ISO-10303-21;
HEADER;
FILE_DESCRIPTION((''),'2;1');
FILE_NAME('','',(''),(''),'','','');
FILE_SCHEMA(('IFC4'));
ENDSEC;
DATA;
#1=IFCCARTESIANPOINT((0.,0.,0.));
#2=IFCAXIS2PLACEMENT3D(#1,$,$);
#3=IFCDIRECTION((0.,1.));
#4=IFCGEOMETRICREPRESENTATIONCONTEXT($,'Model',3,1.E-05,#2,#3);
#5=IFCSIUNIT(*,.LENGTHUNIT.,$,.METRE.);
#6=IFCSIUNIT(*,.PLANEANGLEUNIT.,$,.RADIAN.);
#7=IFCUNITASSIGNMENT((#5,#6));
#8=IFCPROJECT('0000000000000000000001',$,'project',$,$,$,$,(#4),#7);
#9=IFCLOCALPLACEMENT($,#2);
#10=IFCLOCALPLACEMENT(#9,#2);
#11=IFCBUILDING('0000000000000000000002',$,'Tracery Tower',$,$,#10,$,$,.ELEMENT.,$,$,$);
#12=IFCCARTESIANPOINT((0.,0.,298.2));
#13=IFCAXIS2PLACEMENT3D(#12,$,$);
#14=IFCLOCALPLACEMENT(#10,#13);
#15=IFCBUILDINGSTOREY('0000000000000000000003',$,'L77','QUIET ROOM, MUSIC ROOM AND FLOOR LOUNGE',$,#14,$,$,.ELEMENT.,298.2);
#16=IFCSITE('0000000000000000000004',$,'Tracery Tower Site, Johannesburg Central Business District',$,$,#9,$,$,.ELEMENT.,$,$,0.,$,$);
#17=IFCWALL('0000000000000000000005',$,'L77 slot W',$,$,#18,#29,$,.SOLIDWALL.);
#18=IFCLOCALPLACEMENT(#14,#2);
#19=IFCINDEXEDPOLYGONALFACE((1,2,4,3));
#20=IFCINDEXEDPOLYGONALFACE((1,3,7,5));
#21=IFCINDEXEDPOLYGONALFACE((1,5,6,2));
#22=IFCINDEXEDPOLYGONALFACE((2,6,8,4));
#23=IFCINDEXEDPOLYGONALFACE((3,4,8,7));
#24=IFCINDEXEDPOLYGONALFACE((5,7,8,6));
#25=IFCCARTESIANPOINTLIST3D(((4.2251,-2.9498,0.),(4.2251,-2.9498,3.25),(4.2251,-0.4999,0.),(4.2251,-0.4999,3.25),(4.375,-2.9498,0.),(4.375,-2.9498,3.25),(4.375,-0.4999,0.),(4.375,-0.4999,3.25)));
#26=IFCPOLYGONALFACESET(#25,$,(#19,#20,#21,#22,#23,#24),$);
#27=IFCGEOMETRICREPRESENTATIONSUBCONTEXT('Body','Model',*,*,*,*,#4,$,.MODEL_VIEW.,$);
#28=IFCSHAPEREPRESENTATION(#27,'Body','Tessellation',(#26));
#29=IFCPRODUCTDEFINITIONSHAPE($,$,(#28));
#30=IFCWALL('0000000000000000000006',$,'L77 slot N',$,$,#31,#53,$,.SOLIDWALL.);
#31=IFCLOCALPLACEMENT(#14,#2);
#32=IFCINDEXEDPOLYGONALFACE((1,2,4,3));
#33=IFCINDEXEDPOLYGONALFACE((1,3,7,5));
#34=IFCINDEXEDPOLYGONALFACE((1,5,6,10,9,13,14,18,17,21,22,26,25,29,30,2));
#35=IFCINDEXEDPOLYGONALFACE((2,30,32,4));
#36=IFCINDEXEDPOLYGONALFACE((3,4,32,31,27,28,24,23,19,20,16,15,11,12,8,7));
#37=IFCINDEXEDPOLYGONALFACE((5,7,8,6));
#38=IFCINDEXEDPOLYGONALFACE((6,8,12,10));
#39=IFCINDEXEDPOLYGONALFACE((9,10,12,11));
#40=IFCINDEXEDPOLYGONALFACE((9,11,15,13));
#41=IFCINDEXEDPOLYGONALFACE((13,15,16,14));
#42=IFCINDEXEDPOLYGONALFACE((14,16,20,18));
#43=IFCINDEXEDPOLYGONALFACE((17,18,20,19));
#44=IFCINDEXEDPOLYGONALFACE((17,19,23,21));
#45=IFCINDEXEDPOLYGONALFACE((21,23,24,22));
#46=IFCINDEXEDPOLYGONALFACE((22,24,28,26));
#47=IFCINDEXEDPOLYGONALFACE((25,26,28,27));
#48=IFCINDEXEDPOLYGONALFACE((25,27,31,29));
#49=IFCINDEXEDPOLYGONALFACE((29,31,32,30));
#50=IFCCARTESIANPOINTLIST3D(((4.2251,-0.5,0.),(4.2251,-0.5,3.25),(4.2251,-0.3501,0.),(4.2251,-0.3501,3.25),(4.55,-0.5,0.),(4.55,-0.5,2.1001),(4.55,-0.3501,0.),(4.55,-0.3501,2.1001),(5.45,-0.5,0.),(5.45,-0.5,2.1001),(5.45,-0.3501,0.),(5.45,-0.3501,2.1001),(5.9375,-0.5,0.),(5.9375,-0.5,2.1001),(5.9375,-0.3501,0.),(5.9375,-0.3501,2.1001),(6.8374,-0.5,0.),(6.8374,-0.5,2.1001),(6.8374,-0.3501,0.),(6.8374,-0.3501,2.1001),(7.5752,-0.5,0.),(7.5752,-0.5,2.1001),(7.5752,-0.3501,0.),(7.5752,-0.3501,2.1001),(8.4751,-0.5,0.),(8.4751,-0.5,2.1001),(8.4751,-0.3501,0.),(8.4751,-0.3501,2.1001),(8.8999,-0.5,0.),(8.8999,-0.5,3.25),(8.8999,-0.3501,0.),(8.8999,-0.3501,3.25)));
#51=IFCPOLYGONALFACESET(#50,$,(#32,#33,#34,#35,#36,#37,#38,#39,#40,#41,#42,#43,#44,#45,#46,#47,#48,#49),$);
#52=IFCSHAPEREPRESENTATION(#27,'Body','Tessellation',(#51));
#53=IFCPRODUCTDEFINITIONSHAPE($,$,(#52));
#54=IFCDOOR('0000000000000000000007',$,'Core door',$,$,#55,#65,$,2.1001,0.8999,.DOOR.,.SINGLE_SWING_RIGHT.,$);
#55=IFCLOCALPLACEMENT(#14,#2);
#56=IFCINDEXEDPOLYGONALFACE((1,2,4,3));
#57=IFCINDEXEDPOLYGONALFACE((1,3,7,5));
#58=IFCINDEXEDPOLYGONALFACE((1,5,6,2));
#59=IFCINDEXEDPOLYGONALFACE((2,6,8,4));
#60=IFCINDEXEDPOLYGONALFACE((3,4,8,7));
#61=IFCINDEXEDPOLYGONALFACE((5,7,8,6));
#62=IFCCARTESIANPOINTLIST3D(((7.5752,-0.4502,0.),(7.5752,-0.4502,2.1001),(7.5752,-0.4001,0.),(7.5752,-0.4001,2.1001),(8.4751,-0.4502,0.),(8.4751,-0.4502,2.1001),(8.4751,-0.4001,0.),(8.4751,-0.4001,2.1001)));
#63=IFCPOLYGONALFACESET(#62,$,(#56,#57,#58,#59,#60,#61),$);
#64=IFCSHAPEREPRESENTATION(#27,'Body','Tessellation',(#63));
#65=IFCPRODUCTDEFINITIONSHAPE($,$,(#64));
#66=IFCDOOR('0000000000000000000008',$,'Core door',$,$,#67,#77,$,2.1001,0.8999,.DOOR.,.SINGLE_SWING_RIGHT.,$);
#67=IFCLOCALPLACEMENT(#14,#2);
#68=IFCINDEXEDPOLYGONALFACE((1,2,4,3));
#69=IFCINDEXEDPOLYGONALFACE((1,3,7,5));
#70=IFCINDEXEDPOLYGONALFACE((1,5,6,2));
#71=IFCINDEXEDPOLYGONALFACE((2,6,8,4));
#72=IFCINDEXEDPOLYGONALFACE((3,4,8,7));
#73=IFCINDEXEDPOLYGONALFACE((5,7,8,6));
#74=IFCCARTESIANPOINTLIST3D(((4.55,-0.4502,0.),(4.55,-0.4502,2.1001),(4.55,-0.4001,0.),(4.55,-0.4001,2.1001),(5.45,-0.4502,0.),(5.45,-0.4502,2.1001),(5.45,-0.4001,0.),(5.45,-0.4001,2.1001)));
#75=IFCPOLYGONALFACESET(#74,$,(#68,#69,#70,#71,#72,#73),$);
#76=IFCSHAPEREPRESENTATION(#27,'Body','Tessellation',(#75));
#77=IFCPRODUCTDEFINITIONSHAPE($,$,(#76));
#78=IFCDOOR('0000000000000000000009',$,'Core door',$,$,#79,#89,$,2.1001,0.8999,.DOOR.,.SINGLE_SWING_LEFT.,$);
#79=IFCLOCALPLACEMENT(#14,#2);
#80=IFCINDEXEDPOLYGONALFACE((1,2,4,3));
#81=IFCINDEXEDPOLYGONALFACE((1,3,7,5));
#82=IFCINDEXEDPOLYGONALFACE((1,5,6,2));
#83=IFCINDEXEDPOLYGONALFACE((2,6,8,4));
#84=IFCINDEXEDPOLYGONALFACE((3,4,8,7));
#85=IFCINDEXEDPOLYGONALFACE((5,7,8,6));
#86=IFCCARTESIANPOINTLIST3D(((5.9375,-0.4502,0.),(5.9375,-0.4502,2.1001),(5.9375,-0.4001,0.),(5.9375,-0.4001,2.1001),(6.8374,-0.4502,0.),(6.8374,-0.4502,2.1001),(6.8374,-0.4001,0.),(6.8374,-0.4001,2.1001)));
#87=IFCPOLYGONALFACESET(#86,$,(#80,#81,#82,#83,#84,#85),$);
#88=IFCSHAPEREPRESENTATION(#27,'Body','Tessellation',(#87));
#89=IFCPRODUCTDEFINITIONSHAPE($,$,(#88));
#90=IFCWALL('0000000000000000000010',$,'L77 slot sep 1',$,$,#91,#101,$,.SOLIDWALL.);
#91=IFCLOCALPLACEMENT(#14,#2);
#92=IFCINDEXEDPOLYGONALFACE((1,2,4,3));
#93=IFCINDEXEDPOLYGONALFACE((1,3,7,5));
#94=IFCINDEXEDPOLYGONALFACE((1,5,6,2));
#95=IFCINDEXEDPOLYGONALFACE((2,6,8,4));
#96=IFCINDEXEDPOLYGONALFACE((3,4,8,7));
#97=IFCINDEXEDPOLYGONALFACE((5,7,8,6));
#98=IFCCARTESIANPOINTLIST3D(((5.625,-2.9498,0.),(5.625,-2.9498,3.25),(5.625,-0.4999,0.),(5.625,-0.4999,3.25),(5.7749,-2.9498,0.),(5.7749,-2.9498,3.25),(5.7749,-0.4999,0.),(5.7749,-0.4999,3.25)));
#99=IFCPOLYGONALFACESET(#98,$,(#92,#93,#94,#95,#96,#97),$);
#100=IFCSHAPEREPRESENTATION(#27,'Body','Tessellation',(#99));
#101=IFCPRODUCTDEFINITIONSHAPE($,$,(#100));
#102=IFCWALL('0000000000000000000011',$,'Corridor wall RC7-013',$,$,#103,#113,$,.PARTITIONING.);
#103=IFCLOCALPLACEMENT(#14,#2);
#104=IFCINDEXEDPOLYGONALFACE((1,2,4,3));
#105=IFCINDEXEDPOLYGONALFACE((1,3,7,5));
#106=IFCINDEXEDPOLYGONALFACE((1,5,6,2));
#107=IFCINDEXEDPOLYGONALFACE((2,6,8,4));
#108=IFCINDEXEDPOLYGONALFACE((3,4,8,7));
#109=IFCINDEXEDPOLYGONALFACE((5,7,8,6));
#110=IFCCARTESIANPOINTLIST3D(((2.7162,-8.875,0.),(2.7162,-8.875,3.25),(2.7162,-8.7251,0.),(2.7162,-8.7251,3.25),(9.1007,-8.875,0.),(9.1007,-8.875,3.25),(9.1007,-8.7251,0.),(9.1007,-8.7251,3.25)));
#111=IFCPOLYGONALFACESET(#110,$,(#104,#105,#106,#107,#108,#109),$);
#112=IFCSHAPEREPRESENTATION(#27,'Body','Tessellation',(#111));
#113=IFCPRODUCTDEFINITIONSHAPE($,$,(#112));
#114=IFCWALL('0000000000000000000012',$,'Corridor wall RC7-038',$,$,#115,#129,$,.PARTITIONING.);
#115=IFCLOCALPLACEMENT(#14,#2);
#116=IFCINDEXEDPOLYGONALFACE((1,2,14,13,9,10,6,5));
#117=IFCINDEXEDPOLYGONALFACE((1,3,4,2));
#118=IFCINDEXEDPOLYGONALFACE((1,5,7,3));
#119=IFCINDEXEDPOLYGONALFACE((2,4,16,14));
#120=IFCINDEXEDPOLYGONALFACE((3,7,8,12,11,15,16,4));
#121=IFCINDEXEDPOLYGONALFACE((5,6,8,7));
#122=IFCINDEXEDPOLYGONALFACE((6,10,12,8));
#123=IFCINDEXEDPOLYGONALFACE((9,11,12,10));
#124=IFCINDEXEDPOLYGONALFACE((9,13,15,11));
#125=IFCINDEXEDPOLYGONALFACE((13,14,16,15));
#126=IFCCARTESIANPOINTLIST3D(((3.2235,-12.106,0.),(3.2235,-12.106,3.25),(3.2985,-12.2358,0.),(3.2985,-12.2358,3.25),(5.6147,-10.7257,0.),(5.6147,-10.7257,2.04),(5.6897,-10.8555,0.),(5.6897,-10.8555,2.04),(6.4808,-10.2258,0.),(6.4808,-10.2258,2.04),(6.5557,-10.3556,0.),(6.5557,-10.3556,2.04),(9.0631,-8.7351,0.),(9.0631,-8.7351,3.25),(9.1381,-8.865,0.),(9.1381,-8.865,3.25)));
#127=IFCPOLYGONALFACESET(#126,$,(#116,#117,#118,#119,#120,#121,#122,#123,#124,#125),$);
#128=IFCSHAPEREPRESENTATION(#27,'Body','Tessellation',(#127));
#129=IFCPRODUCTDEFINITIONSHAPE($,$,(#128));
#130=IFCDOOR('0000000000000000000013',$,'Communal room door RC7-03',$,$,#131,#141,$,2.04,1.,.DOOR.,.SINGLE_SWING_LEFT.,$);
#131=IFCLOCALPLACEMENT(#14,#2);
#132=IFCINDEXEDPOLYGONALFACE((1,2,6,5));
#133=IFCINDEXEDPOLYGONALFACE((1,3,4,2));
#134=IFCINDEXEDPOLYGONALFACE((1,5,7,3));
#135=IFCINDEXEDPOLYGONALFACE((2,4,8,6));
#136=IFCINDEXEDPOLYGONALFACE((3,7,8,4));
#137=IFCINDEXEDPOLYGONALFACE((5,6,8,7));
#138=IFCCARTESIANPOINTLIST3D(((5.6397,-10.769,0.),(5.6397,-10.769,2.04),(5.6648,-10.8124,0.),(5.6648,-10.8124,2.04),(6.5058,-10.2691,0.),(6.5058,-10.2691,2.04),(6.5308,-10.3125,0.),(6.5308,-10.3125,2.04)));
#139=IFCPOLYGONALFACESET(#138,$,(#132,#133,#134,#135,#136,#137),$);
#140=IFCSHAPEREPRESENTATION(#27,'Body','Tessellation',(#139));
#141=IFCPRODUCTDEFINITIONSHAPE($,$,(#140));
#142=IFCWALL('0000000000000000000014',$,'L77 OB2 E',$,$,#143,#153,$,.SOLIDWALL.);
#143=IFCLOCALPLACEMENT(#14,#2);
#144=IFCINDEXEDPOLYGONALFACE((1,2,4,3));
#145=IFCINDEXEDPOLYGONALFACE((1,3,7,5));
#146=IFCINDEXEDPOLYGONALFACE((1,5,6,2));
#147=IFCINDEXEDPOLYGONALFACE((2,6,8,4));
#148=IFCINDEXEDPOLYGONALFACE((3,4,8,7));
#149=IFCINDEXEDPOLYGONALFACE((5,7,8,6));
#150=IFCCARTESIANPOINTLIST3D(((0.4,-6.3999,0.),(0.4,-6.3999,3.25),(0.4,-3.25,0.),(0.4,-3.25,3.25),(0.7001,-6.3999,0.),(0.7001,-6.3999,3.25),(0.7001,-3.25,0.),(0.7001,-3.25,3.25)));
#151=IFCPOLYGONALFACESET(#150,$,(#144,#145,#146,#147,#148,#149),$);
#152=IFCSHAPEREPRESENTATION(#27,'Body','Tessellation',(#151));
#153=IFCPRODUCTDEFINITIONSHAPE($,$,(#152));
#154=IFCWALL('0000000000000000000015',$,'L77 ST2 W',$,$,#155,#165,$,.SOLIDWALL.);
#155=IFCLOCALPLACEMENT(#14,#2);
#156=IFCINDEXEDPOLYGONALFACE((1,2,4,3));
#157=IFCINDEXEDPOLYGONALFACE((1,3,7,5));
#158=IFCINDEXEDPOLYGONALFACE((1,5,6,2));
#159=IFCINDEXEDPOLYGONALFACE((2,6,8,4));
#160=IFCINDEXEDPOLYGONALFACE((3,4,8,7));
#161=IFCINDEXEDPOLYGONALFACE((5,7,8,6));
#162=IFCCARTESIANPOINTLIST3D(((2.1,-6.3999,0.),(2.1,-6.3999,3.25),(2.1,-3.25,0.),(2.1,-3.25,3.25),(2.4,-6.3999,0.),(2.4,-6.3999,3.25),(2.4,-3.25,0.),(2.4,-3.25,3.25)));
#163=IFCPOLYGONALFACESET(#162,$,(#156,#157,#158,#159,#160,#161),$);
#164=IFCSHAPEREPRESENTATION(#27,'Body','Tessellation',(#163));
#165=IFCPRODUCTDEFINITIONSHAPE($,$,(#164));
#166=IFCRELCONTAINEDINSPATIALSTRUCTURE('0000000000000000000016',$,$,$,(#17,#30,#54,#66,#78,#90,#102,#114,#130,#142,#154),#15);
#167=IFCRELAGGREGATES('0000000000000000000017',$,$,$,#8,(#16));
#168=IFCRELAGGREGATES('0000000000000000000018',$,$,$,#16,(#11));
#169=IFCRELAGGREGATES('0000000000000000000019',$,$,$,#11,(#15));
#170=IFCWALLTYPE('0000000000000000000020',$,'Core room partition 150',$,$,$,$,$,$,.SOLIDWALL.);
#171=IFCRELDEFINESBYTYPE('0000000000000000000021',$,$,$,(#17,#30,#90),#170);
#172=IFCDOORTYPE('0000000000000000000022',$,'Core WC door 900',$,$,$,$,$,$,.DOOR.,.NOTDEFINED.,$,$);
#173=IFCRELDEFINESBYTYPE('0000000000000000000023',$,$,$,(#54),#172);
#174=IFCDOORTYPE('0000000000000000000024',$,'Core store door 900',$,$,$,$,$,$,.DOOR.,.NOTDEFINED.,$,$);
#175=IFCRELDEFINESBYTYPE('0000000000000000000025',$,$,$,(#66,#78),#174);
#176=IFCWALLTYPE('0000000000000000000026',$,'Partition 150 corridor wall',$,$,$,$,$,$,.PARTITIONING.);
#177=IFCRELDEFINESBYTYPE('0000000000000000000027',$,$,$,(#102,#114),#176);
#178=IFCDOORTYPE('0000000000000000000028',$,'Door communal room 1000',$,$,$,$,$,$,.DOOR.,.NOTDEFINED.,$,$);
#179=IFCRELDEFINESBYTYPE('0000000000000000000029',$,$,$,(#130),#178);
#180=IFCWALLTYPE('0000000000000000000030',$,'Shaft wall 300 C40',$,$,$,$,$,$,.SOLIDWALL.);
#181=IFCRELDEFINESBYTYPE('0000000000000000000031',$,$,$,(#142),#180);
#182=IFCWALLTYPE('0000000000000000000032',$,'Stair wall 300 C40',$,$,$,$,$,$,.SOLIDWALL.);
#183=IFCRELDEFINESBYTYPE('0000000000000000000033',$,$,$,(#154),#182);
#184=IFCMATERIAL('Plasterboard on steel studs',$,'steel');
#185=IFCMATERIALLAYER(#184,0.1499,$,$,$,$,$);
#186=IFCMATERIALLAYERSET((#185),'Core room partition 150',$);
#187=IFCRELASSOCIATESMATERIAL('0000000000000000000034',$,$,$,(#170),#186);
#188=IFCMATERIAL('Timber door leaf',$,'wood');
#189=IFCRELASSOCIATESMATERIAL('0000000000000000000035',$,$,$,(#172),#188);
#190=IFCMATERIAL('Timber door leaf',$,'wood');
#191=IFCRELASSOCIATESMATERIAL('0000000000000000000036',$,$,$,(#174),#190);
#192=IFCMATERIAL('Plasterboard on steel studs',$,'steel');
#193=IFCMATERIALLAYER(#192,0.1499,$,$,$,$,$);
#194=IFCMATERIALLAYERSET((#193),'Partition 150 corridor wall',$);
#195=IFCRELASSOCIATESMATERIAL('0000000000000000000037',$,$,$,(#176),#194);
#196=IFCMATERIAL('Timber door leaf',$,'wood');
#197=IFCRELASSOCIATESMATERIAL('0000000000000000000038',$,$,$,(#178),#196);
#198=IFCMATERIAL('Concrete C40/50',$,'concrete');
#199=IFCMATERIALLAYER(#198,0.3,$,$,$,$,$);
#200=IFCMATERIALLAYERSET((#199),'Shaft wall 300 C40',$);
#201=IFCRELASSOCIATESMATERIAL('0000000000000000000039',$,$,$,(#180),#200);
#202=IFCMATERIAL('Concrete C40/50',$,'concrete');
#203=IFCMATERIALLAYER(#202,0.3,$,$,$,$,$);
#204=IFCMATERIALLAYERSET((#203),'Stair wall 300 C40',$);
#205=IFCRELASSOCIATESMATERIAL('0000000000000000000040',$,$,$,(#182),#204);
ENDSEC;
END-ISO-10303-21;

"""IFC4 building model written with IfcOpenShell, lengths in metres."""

from ifc_helpers import new_model, si_unit, direction, frame, frame_2d, origin, place, context, subcontext, project, spatial, rectangle, extrude, material, layer, layer_set, type_object, element, fill, save


model = new_model("IFC4")

# Units and contexts
model_context = context("Model", 3, precision=1e-05, world=origin(), true_north=direction((0.0, 1.0)))
body_context = subcontext(model_context, "Body", "Model", "MODEL_VIEW")
ifc_project = project(units=[si_unit("LENGTHUNIT", "METRE"), si_unit("PLANEANGLEUNIT", "RADIAN")], contexts=[model_context])

# Site, building, storey
site_placement = place(None, origin())
site = spatial("IfcSite", under=ifc_project, at=site_placement, Name="Tracery Tower Site, Johannesburg Central Business District", CompositionType="ELEMENT", RefElevation=0.0)
building_placement = place(site_placement, origin())
building = spatial("IfcBuilding", under=site, at=building_placement, Name="Tracery Tower", CompositionType="ELEMENT")
storey_placement = place(building_placement, frame((0.0, 0.0, 298.2)))
storey = spatial("IfcBuildingStorey", under=building, at=storey_placement, Name="L77", Description="QUIET ROOM, MUSIC ROOM AND FLOOR LOUNGE", CompositionType="ELEMENT", Elevation=298.2)

# Wall
ifc_material_1 = material(Name="Plasterboard on steel studs", Category="steel")
ifc_layer_1 = layer(ifc_material_1, 0.1499)
ifc_layer_set_1 = layer_set([ifc_layer_1], Name="Core room partition 150")
wall_type_1 = type_object("IfcWallType", Name="Core room partition 150", PredefinedType="SOLIDWALL", material=ifc_layer_set_1)
wall_1_placement = place(storey_placement, frame((4.3, -2.95, 0.0), z_axis=(0.0, 0.0, 1.0), x_axis=(0.0, 1.0, 0.0)))
element("IfcWall", 1, at=wall_1_placement, inside=storey, type_object=wall_type_1, Name="L77 slot W", PredefinedType="SOLIDWALL", context=body_context, shape_type="SweptSolid", body=[
    extrude(rectangle(XDim=2.45, YDim=0.1499, at=frame_2d((1.2251, 0.0))), origin(), (0.0, 0.0, 1.0), 3.25),
])

# Wall, openings, doors
wall_2_placement = place(storey_placement, frame((4.2251, -0.425, 0.0), z_axis=(0.0, 0.0, 1.0), x_axis=(1.0, 0.0, 0.0)))
wall_2 = element("IfcWall", 2, at=wall_2_placement, inside=storey, type_object=wall_type_1, Name="L77 slot N", PredefinedType="SOLIDWALL", context=body_context, shape_type="SweptSolid", body=[
    extrude(rectangle(XDim=4.6748, YDim=0.1499, at=frame_2d((2.3374, 0.0))), origin(), (0.0, 0.0, 1.0), 3.25),
])
opening_1_placement = place(wall_2_placement, frame((0.325, 0.0, 0.0)))
opening_1 = element("IfcOpeningElement", 3, at=opening_1_placement, cuts=wall_2, PredefinedType="OPENING", context=body_context, shape_type="SweptSolid", body=[
    extrude(rectangle(XDim=0.8999, YDim=2.1001, at=frame_2d((0.45, 1.05))), frame((0.0, 0.075, 0.0), z_axis=(0.0, -1.0, 0.0), x_axis=(1.0, 0.0, 0.0)), (0.0, 0.0, 1.0), 0.1499),
])
opening_2_placement = place(wall_2_placement, frame((1.7124, 0.0, 0.0)))
opening_2 = element("IfcOpeningElement", 4, at=opening_2_placement, cuts=wall_2, PredefinedType="OPENING", context=body_context, shape_type="SweptSolid", body=[
    extrude(rectangle(XDim=0.8999, YDim=2.1001, at=frame_2d((0.45, 1.05))), frame((0.0, 0.075, 0.0), z_axis=(0.0, -1.0, 0.0), x_axis=(1.0, 0.0, 0.0)), (0.0, 0.0, 1.0), 0.1499),
])
opening_3_placement = place(wall_2_placement, frame((3.3501, 0.0, 0.0)))
opening_3 = element("IfcOpeningElement", 5, at=opening_3_placement, cuts=wall_2, PredefinedType="OPENING", context=body_context, shape_type="SweptSolid", body=[
    extrude(rectangle(XDim=0.8999, YDim=2.1001, at=frame_2d((0.45, 1.05))), frame((0.0, 0.075, 0.0), z_axis=(0.0, -1.0, 0.0), x_axis=(1.0, 0.0, 0.0)), (0.0, 0.0, 1.0), 0.1499),
])
ifc_material_2 = material(Name="Timber door leaf", Category="wood")
door_type_1 = type_object("IfcDoorType", Name="Core WC door 900", OperationType="NOTDEFINED", PredefinedType="DOOR", material=ifc_material_2)
door_1_placement = place(opening_3_placement, origin())
door_1 = element("IfcDoor", 6, at=door_1_placement, inside=storey, type_object=door_type_1, Name="Core door", OperationType="SINGLE_SWING_RIGHT", OverallHeight=2.1001, OverallWidth=0.8999, PredefinedType="DOOR", context=body_context, shape_type="SweptSolid", body=[
    extrude(rectangle(XDim=0.8999, YDim=2.1001, at=frame_2d((0.45, 1.05))), frame((0.0, 0.0249, 0.0), z_axis=(0.0, -1.0, 0.0), x_axis=(1.0, 0.0, 0.0)), (0.0, 0.0, 1.0), 0.05),
])
fill(opening_3, door_1)
ifc_material_3 = material(Name="Timber door leaf", Category="wood")
door_type_2 = type_object("IfcDoorType", Name="Core store door 900", OperationType="NOTDEFINED", PredefinedType="DOOR", material=ifc_material_3)
door_2_placement = place(opening_1_placement, origin())
door_2 = element("IfcDoor", 7, at=door_2_placement, inside=storey, type_object=door_type_2, Name="Core door", OperationType="SINGLE_SWING_RIGHT", OverallHeight=2.1001, OverallWidth=0.8999, PredefinedType="DOOR", context=body_context, shape_type="SweptSolid", body=[
    extrude(rectangle(XDim=0.8999, YDim=2.1001, at=frame_2d((0.45, 1.05))), frame((0.0, 0.0249, 0.0), z_axis=(0.0, -1.0, 0.0), x_axis=(1.0, 0.0, 0.0)), (0.0, 0.0, 1.0), 0.05),
])
fill(opening_1, door_2)
door_3_placement = place(opening_2_placement, origin())
door_3 = element("IfcDoor", 8, at=door_3_placement, inside=storey, type_object=door_type_2, Name="Core door", OperationType="SINGLE_SWING_LEFT", OverallHeight=2.1001, OverallWidth=0.8999, PredefinedType="DOOR", context=body_context, shape_type="SweptSolid", body=[
    extrude(rectangle(XDim=0.8999, YDim=2.1001, at=frame_2d((0.45, 1.05))), frame((0.0, 0.0249, 0.0), z_axis=(0.0, -1.0, 0.0), x_axis=(1.0, 0.0, 0.0)), (0.0, 0.0, 1.0), 0.05),
])
fill(opening_2, door_3)

# Walls
wall_3_placement = place(storey_placement, frame((5.7, -2.95, 0.0), z_axis=(0.0, 0.0, 1.0), x_axis=(0.0, 1.0, 0.0)))
element("IfcWall", 9, at=wall_3_placement, inside=storey, type_object=wall_type_1, Name="L77 slot sep 1", PredefinedType="SOLIDWALL", context=body_context, shape_type="SweptSolid", body=[
    extrude(rectangle(XDim=2.45, YDim=0.1499, at=frame_2d((1.2251, 0.0))), origin(), (0.0, 0.0, 1.0), 3.25),
])
ifc_material_4 = material(Name="Plasterboard on steel studs", Category="steel")
ifc_layer_2 = layer(ifc_material_4, 0.1499)
ifc_layer_set_2 = layer_set([ifc_layer_2], Name="Partition 150 corridor wall")
wall_type_2 = type_object("IfcWallType", Name="Partition 150 corridor wall", PredefinedType="PARTITIONING", material=ifc_layer_set_2)
wall_4_placement = place(storey_placement, frame((2.7161, -8.8, 0.0), z_axis=(0.0, 0.0, 1.0), x_axis=(1.0, 0.0, 0.0)))
element("IfcWall", 10, at=wall_4_placement, inside=storey, type_object=wall_type_2, Name="Corridor wall RC7-013", PredefinedType="PARTITIONING", context=body_context, shape_type="SweptSolid", body=[
    extrude(rectangle(XDim=6.3845, YDim=0.1499, at=frame_2d((3.1924, 0.0))), origin(), (0.0, 0.0, 1.0), 3.25),
])

# Wall, opening, door
wall_5_placement = place(storey_placement, frame((3.261, -12.1709, 0.0), z_axis=(0.0, 0.0, 1.0), x_axis=(0.866067, 0.499928, 0.0)))
wall_5 = element("IfcWall", 11, at=wall_5_placement, inside=storey, type_object=wall_type_2, Name="Corridor wall RC7-038", PredefinedType="PARTITIONING", context=body_context, shape_type="SweptSolid", body=[
    extrude(rectangle(XDim=6.7427, YDim=0.1499, at=frame_2d((3.3713, 0.0))), origin(), (0.0, 0.0, 1.0), 3.25),
])
opening_4_placement = place(wall_5_placement, frame((2.761, 0.0, 0.0)))
opening_4 = element("IfcOpeningElement", 12, at=opening_4_placement, cuts=wall_5, PredefinedType="OPENING", context=body_context, shape_type="SweptSolid", body=[
    extrude(rectangle(XDim=1.0, YDim=2.04, at=frame_2d((0.5, 1.02))), frame((0.0, 0.075, 0.0), z_axis=(0.0, -1.0, 0.0), x_axis=(1.0, 0.0, 0.0)), (0.0, 0.0, 1.0), 0.1499),
])
ifc_material_5 = material(Name="Timber door leaf", Category="wood")
door_type_3 = type_object("IfcDoorType", Name="Door communal room 1000", OperationType="NOTDEFINED", PredefinedType="DOOR", material=ifc_material_5)
door_4_placement = place(opening_4_placement, origin())
door_4 = element("IfcDoor", 13, at=door_4_placement, inside=storey, type_object=door_type_3, Name="Communal room door RC7-03", OperationType="SINGLE_SWING_LEFT", OverallHeight=2.04, OverallWidth=1.0, PredefinedType="DOOR", context=body_context, shape_type="SweptSolid", body=[
    extrude(rectangle(XDim=1.0, YDim=2.04, at=frame_2d((0.5, 1.02))), frame((0.0, 0.0249, 0.0), z_axis=(0.0, -1.0, 0.0), x_axis=(1.0, 0.0, 0.0)), (0.0, 0.0, 1.0), 0.05),
])
fill(opening_4, door_4)

# Wall
ifc_material_6 = material(Name="Concrete C40/50", Category="concrete")
ifc_layer_3 = layer(ifc_material_6, 0.3)
ifc_layer_set_3 = layer_set([ifc_layer_3], Name="Shaft wall 300 C40")
wall_type_3 = type_object("IfcWallType", Name="Shaft wall 300 C40", PredefinedType="SOLIDWALL", material=ifc_layer_set_3)
wall_6_placement = place(storey_placement, frame((0.55, -6.3999, 0.0), z_axis=(0.0, 0.0, 1.0), x_axis=(0.0, 1.0, 0.0)))
element("IfcWall", 14, at=wall_6_placement, inside=storey, type_object=wall_type_3, Name="L77 OB2 E", PredefinedType="SOLIDWALL", context=body_context, shape_type="SweptSolid", body=[
    extrude(rectangle(XDim=3.1499, YDim=0.3, at=frame_2d((1.575, 0.0))), origin(), (0.0, 0.0, 1.0), 3.25),
])

# Shared definitions
ifc_material_7 = material(Name="Concrete C40/50", Category="concrete")
ifc_layer_4 = layer(ifc_material_7, 0.3)
ifc_layer_set_4 = layer_set([ifc_layer_4], Name="Stair wall 300 C40")
wall_type_4 = type_object("IfcWallType", Name="Stair wall 300 C40", PredefinedType="SOLIDWALL", material=ifc_layer_set_4)

# Wall
wall_7_placement = place(storey_placement, frame((2.25, -6.3999, 0.0), z_axis=(0.0, 0.0, 1.0), x_axis=(0.0, 1.0, 0.0)))
element("IfcWall", 15, at=wall_7_placement, inside=storey, type_object=wall_type_4, Name="L77 ST2 W", PredefinedType="SOLIDWALL", context=body_context, shape_type="SweptSolid", body=[
    extrude(rectangle(XDim=3.1499, YDim=0.3, at=frame_2d((1.575, 0.0))), origin(), (0.0, 0.0, 1.0), 3.25),
])

save(model, "model.ifc")
